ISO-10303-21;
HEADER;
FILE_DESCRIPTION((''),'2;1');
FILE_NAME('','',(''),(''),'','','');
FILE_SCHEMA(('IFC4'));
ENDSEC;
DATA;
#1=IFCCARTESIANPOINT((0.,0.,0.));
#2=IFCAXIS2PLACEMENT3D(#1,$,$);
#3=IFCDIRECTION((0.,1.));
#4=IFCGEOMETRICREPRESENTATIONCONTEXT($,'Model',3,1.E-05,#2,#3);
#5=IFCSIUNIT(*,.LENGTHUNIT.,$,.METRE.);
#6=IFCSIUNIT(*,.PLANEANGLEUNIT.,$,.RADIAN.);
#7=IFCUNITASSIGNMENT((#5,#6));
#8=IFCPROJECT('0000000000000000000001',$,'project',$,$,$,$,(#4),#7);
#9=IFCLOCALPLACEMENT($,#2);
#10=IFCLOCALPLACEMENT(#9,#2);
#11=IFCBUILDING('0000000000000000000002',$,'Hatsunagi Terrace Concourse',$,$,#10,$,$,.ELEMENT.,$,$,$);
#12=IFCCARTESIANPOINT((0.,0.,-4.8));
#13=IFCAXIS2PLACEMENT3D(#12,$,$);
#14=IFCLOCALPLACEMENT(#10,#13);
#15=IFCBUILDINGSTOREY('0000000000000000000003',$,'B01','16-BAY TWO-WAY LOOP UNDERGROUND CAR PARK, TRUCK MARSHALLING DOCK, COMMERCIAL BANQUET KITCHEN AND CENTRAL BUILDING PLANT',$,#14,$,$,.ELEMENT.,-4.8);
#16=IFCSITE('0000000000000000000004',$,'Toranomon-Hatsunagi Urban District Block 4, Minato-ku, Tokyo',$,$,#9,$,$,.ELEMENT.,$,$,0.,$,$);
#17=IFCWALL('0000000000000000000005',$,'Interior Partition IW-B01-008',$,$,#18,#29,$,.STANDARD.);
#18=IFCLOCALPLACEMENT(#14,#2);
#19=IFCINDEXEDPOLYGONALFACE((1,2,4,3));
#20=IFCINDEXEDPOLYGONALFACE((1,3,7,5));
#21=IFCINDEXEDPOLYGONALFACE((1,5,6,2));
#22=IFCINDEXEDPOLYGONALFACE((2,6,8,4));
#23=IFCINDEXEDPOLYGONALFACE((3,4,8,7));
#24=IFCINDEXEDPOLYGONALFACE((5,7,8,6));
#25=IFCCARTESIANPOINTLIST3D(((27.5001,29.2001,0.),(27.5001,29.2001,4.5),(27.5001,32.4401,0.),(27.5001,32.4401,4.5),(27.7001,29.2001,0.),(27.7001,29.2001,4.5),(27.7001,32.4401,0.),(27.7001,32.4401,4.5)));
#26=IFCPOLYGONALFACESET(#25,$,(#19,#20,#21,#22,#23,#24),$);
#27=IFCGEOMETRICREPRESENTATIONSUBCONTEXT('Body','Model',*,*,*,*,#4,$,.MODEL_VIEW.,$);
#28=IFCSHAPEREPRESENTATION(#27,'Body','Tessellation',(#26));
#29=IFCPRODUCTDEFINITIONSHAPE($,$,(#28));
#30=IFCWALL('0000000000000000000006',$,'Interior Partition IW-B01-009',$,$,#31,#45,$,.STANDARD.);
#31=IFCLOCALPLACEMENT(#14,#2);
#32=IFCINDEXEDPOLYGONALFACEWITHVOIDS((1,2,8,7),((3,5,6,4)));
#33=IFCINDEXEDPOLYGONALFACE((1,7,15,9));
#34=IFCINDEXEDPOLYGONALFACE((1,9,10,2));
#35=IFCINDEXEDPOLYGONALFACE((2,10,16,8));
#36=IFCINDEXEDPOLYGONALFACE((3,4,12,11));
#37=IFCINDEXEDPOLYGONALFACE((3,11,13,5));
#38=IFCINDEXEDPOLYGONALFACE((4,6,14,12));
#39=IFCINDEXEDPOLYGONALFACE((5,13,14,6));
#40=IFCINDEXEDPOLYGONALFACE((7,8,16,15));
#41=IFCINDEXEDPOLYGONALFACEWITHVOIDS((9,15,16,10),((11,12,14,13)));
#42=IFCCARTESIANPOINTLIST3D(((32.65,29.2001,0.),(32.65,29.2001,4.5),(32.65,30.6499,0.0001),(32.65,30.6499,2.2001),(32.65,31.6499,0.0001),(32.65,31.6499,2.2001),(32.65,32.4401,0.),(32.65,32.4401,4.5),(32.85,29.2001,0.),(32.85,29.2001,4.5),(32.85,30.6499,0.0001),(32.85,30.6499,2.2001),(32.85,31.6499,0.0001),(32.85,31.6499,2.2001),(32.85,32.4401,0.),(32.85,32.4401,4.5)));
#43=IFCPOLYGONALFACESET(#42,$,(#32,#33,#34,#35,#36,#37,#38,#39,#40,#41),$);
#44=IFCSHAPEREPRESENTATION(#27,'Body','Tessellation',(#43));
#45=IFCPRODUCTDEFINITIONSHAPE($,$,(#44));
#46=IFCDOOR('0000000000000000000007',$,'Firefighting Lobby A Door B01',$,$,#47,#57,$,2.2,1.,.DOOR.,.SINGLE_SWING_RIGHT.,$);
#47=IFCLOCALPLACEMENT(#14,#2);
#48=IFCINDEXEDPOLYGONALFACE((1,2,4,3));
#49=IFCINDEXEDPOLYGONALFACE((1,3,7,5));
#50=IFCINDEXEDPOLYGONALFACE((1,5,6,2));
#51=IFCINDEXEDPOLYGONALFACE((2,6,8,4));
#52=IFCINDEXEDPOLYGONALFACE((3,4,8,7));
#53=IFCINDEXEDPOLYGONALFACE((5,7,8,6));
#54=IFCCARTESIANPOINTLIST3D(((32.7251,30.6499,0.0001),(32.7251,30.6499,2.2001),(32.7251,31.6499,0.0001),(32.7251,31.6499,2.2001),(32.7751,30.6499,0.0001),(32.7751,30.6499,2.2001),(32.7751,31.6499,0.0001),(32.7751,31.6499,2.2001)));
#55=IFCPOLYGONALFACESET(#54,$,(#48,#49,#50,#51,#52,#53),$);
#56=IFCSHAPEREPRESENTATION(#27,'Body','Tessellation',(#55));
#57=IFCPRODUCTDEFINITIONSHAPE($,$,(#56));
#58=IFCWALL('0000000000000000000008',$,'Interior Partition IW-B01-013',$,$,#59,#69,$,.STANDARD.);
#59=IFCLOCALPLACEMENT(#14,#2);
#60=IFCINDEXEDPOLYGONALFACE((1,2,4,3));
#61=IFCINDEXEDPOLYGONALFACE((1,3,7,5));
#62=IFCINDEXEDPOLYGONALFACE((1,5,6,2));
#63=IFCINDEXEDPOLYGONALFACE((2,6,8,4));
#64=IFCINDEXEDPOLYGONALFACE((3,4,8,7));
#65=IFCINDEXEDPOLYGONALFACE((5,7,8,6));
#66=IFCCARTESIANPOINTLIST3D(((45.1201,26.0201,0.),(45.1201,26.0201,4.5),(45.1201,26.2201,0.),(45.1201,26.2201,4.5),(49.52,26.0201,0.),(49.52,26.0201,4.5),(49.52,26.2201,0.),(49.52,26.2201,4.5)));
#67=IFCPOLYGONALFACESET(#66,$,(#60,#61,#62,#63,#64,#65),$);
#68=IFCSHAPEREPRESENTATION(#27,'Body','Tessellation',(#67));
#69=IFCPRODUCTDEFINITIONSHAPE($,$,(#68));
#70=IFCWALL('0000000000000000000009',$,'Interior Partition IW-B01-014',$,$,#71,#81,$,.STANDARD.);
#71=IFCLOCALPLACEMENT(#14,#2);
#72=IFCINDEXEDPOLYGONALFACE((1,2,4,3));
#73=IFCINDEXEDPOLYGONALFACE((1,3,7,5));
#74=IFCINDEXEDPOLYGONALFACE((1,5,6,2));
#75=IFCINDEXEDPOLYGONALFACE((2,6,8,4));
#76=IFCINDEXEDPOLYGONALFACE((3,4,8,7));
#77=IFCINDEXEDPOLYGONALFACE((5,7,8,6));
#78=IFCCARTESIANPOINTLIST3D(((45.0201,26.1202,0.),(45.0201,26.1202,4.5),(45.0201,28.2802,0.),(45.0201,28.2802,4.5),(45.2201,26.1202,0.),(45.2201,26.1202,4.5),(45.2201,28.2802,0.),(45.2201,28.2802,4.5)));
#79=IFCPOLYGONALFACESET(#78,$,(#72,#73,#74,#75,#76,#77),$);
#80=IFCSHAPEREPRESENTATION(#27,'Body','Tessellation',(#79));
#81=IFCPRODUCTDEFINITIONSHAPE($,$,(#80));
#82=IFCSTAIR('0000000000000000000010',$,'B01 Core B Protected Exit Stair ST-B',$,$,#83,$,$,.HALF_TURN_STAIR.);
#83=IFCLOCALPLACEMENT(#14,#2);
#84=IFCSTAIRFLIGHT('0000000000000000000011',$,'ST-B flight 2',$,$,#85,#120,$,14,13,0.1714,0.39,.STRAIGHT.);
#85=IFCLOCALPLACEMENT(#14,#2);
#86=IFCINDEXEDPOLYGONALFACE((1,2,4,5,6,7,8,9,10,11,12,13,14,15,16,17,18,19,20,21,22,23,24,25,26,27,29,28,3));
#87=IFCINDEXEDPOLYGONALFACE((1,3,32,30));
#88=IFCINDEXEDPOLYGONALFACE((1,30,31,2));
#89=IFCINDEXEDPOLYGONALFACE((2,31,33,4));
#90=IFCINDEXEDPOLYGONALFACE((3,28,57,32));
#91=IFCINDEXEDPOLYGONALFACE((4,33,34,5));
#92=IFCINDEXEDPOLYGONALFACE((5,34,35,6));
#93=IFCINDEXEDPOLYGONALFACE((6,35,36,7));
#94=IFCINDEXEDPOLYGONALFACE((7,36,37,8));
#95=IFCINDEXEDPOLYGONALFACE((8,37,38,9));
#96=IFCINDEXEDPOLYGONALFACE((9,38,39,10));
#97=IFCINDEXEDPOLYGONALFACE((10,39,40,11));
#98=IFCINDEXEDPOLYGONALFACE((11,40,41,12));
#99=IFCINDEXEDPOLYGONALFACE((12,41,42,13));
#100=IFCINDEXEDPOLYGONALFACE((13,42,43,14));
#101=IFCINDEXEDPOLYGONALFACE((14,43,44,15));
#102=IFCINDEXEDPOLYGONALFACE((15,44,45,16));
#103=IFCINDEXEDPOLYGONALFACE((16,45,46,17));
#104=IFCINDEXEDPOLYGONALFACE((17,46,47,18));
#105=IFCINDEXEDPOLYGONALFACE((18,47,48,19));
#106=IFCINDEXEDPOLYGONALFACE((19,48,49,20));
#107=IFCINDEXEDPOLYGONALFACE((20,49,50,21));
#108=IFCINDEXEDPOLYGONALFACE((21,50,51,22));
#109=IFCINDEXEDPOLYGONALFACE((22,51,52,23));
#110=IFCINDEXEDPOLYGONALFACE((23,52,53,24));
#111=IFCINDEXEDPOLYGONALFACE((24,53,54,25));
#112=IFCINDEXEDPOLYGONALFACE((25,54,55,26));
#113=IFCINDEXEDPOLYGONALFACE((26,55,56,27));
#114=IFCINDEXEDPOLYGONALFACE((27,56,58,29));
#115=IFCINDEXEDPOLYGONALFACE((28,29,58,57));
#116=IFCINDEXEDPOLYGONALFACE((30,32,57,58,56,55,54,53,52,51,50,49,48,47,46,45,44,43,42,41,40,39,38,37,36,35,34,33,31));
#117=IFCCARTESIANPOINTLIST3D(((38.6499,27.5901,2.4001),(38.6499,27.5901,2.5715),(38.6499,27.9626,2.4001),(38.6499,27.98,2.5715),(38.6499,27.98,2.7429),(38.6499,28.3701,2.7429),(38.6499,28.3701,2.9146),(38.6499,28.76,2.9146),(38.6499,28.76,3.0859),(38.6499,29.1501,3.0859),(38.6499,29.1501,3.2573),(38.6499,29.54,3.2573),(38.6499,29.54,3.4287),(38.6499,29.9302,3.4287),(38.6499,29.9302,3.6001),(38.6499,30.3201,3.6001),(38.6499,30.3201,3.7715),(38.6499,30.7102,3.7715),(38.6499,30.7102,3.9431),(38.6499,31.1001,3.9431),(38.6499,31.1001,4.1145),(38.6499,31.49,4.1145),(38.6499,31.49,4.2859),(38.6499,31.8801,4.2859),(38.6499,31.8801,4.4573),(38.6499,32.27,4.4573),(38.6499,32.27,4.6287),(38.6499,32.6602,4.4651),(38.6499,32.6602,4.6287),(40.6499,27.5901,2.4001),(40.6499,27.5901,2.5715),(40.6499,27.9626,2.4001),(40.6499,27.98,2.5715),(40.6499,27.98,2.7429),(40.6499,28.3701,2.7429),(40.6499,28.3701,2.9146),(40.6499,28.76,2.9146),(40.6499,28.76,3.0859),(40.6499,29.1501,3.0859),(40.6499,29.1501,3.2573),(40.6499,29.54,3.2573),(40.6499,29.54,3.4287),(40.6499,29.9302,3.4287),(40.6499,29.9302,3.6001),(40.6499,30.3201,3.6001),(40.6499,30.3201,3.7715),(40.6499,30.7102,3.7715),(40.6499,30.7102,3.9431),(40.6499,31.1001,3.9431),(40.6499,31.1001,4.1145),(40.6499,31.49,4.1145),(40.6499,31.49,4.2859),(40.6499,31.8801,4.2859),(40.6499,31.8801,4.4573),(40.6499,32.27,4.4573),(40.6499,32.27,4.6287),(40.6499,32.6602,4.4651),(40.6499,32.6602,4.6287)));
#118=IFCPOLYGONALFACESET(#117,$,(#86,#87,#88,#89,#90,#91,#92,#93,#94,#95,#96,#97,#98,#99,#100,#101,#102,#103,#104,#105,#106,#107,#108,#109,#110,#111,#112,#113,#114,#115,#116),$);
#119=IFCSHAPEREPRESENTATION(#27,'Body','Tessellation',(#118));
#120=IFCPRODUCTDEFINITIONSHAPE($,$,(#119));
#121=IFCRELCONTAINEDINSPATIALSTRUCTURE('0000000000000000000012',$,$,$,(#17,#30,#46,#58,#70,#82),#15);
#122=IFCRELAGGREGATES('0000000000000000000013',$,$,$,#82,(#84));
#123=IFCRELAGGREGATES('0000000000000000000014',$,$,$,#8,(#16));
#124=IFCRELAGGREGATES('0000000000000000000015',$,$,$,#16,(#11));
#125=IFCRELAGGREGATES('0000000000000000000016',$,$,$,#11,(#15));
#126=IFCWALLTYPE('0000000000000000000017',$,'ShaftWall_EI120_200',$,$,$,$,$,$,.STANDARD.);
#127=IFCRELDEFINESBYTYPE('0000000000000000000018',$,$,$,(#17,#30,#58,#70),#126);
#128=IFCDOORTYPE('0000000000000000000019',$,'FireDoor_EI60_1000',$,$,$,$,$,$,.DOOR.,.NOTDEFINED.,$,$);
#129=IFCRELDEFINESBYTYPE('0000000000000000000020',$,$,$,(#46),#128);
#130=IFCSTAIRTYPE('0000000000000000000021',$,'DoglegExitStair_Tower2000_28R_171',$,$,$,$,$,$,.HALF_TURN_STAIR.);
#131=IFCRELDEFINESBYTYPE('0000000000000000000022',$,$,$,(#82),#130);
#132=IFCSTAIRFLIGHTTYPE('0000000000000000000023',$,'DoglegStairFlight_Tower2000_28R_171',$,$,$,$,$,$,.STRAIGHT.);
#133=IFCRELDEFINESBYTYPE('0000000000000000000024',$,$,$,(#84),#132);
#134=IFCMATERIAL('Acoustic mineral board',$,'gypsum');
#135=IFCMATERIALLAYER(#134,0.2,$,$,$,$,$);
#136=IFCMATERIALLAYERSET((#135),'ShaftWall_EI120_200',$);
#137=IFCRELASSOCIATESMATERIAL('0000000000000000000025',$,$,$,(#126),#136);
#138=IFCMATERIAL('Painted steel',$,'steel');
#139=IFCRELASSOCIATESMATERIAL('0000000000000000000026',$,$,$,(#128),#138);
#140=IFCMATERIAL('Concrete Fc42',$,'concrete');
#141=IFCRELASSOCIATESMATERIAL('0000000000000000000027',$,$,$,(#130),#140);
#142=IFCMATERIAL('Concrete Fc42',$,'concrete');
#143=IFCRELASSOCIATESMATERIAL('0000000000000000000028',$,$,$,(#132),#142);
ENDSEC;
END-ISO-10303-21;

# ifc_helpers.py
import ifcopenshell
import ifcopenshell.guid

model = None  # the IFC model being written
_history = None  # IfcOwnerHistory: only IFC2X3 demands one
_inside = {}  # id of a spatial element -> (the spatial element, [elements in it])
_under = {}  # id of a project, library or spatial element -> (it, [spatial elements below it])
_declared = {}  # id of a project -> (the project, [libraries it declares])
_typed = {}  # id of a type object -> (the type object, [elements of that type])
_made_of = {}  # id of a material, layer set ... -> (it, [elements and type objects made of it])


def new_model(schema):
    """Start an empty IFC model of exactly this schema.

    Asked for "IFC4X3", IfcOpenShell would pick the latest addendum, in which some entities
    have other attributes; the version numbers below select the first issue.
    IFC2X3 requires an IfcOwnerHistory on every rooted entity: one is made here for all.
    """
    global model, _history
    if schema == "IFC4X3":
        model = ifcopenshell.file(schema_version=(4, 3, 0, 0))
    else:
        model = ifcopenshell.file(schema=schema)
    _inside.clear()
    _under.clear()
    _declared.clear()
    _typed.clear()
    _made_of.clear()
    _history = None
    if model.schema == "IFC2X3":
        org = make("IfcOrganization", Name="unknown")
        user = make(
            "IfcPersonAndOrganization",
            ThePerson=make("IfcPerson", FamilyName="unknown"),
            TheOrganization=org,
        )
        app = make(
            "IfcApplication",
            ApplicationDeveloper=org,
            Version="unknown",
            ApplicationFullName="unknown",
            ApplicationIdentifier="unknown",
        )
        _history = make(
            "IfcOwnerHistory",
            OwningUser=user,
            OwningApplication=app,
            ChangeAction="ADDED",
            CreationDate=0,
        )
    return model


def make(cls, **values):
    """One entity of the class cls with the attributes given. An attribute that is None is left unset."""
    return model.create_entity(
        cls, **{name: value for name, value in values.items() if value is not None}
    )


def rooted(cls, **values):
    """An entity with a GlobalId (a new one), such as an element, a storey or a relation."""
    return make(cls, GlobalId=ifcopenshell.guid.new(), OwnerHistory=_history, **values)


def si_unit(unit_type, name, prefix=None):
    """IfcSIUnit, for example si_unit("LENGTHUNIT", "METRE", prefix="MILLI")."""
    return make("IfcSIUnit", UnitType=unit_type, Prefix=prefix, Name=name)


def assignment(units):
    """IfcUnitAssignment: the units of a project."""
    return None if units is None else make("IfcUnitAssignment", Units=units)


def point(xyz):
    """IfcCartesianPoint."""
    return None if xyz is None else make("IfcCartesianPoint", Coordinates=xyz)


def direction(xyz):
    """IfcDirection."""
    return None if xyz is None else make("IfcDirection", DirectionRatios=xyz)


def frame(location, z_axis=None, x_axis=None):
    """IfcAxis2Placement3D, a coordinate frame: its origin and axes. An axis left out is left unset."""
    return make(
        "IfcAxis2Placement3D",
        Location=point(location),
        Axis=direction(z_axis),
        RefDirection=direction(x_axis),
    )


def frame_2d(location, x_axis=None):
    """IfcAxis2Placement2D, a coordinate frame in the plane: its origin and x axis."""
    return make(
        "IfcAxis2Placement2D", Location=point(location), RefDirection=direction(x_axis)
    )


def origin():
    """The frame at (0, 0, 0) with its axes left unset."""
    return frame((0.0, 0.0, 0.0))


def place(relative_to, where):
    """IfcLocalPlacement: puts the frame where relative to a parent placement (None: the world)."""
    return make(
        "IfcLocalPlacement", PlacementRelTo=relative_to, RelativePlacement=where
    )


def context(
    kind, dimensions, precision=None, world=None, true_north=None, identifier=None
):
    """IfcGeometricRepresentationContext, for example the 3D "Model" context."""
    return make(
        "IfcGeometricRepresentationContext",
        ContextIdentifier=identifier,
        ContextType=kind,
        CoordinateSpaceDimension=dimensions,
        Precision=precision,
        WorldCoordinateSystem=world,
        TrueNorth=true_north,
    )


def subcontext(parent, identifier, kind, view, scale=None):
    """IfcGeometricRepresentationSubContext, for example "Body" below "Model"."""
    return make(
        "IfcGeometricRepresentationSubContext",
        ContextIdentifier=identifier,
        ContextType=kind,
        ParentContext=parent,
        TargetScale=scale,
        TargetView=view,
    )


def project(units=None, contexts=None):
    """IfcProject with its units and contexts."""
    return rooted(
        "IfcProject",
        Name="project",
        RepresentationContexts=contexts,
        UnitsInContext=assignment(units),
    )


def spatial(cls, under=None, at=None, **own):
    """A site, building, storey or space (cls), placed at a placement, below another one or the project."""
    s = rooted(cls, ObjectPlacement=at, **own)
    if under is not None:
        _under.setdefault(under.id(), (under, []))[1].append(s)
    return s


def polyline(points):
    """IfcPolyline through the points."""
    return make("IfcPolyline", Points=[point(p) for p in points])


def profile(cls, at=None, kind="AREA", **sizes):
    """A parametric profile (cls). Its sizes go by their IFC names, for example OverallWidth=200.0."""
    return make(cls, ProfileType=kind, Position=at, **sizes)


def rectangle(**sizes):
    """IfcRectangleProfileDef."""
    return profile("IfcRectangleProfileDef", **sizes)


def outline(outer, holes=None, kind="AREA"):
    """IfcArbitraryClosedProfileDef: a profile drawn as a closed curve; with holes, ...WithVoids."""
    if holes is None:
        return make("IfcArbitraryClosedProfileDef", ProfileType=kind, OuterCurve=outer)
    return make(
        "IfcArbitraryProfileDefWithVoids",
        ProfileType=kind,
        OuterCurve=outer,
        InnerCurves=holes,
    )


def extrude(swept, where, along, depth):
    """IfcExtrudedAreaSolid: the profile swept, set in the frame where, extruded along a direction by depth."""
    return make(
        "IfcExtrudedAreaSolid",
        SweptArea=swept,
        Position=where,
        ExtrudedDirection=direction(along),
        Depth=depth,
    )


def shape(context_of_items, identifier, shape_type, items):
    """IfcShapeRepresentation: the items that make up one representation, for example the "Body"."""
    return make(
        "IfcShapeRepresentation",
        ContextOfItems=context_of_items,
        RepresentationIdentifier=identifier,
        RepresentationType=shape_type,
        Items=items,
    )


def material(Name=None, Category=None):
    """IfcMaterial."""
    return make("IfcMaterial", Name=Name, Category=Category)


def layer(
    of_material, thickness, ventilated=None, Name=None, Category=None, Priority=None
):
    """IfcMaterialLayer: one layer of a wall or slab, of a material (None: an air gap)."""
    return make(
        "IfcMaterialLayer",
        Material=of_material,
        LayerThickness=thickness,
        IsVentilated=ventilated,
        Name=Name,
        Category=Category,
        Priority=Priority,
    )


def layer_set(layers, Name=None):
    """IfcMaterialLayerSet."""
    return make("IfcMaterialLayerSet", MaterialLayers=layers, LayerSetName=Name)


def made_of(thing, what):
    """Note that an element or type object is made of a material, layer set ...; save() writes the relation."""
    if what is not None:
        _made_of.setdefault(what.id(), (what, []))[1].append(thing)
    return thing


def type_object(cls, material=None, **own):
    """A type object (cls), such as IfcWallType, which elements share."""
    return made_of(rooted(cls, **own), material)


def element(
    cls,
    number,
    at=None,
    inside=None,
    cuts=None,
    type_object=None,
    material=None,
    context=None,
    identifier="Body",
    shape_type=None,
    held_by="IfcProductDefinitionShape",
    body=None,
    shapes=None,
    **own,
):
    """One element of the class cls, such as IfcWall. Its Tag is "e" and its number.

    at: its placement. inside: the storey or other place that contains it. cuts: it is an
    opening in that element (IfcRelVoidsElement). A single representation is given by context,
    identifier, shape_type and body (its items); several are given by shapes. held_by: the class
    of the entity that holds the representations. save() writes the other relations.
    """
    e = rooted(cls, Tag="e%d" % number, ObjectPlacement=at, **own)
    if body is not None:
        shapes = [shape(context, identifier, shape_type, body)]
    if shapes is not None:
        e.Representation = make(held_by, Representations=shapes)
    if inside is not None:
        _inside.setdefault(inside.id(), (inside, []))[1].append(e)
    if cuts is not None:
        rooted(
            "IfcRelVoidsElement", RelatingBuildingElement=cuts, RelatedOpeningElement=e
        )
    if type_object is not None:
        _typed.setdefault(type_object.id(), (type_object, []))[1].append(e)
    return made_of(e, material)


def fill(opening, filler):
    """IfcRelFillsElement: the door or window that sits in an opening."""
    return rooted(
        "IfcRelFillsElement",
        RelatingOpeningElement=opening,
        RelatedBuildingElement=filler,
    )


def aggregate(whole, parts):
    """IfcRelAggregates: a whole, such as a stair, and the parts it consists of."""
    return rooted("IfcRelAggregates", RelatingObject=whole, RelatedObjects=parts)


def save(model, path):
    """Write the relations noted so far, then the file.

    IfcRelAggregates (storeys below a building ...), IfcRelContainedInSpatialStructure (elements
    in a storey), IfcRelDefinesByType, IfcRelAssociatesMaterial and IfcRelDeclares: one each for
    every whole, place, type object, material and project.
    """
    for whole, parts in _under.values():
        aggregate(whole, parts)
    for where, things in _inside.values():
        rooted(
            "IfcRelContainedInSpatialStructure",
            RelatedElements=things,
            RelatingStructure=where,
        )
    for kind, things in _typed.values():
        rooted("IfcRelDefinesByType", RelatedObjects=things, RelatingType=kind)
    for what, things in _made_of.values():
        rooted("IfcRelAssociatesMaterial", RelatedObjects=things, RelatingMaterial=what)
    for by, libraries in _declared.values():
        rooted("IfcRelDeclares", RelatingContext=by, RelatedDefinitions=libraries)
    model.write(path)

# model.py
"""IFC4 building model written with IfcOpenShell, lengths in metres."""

from ifc_helpers import new_model, si_unit, direction, frame, frame_2d, origin, place, context, subcontext, project, spatial, polyline, rectangle, outline, extrude, material, layer, layer_set, type_object, element, fill, aggregate, save


model = new_model("IFC4")

# Units and contexts
model_context = context("Model", 3, precision=1e-05, world=origin(), true_north=direction((0.0, 1.0)))
body_context = subcontext(model_context, "Body", "Model", "MODEL_VIEW")
ifc_project = project(units=[si_unit("LENGTHUNIT", "METRE"), si_unit("PLANEANGLEUNIT", "RADIAN")], contexts=[model_context])

# Site, building, storey
site_placement = place(None, origin())
site = spatial("IfcSite", under=ifc_project, at=site_placement, Name="Toranomon-Hatsunagi Urban District Block 4, Minato-ku, Tokyo", CompositionType="ELEMENT", RefElevation=0.0)
building_placement = place(site_placement, origin())
building = spatial("IfcBuilding", under=site, at=building_placement, Name="Hatsunagi Terrace Concourse", CompositionType="ELEMENT")
storey_placement = place(building_placement, frame((0.0, 0.0, -4.8)))
storey = spatial("IfcBuildingStorey", under=building, at=storey_placement, Name="B01", Description="16-BAY TWO-WAY LOOP UNDERGROUND CAR PARK, TRUCK MARSHALLING DOCK, COMMERCIAL BANQUET KITCHEN AND CENTRAL BUILDING PLANT", CompositionType="ELEMENT", Elevation=-4.8)

# Wall
ifc_material_1 = material(Name="Acoustic mineral board", Category="gypsum")
ifc_layer_1 = layer(ifc_material_1, 0.2)
ifc_layer_set_1 = layer_set([ifc_layer_1], Name="ShaftWall_EI120_200")
wall_type_1 = type_object("IfcWallType", Name="ShaftWall_EI120_200", PredefinedType="STANDARD", material=ifc_layer_set_1)
wall_1_placement = place(storey_placement, frame((27.6001, 29.2, 0.0), z_axis=(0.0, 0.0, 1.0), x_axis=(0.0, 1.0, 0.0)))
element("IfcWall", 1, at=wall_1_placement, inside=storey, type_object=wall_type_1, Name="Interior Partition IW-B01-008", PredefinedType="STANDARD", context=body_context, shape_type="SweptSolid", body=[
    extrude(rectangle(XDim=3.24, YDim=0.2, at=frame_2d((1.6201, 0.0))), origin(), (0.0, 0.0, 1.0), 4.5),
])

# Wall, opening, door
wall_2_placement = place(storey_placement, frame((32.75, 29.2, 0.0), z_axis=(0.0, 0.0, 1.0), x_axis=(0.0, 1.0, 0.0)))
wall_2 = element("IfcWall", 2, at=wall_2_placement, inside=storey, type_object=wall_type_1, Name="Interior Partition IW-B01-009", PredefinedType="STANDARD", context=body_context, shape_type="SweptSolid", body=[
    extrude(rectangle(XDim=3.24, YDim=0.2, at=frame_2d((1.6201, 0.0))), origin(), (0.0, 0.0, 1.0), 4.5),
])
opening_1_placement = place(wall_2_placement, frame((1.45, 0.0, 0.0)))
opening_1 = element("IfcOpeningElement", 3, at=opening_1_placement, cuts=wall_2, PredefinedType="OPENING", context=body_context, shape_type="SweptSolid", body=[
    extrude(rectangle(XDim=1.0, YDim=2.2, at=frame_2d((0.5, 1.1001))), frame((0.0, 0.1099, 0.0), z_axis=(0.0, -1.0, 0.0), x_axis=(1.0, 0.0, 0.0)), (0.0, 0.0, 1.0), 0.22),
])
ifc_material_2 = material(Name="Painted steel", Category="steel")
door_type_1 = type_object("IfcDoorType", Name="FireDoor_EI60_1000", OperationType="NOTDEFINED", PredefinedType="DOOR", material=ifc_material_2)
door_1_placement = place(opening_1_placement, origin())
door_1 = element("IfcDoor", 4, at=door_1_placement, inside=storey, type_object=door_type_1, Name="Firefighting Lobby A Door B01", OperationType="SINGLE_SWING_RIGHT", OverallHeight=2.2, OverallWidth=1.0, PredefinedType="DOOR", context=body_context, shape_type="SweptSolid", body=[
    extrude(rectangle(XDim=1.0, YDim=2.2, at=frame_2d((0.5, 1.1001))), frame((0.0, 0.0249, 0.0), z_axis=(0.0, -1.0, 0.0), x_axis=(1.0, 0.0, 0.0)), (0.0, 0.0, 1.0), 0.05),
])
fill(opening_1, door_1)

# Walls
wall_3_placement = place(storey_placement, frame((45.1201, 26.1201, 0.0), z_axis=(0.0, 0.0, 1.0), x_axis=(1.0, 0.0, 0.0)))
element("IfcWall", 5, at=wall_3_placement, inside=storey, type_object=wall_type_1, Name="Interior Partition IW-B01-013", PredefinedType="STANDARD", context=body_context, shape_type="SweptSolid", body=[
    extrude(rectangle(XDim=4.3999, YDim=0.2, at=frame_2d((2.2, 0.0))), origin(), (0.0, 0.0, 1.0), 4.5),
])
wall_4_placement = place(storey_placement, frame((45.1201, 26.1201, 0.0), z_axis=(0.0, 0.0, 1.0), x_axis=(0.0, 1.0, 0.0)))
element("IfcWall", 6, at=wall_4_placement, inside=storey, type_object=wall_type_1, Name="Interior Partition IW-B01-014", PredefinedType="STANDARD", context=body_context, shape_type="SweptSolid", body=[
    extrude(rectangle(XDim=2.1599, YDim=0.2, at=frame_2d((1.0801, 0.0))), origin(), (0.0, 0.0, 1.0), 4.5),
])

# Stair, stair flight
ifc_material_3 = material(Name="Concrete Fc42", Category="concrete")
stair_type = type_object("IfcStairType", Name="DoglegExitStair_Tower2000_28R_171", PredefinedType="HALF_TURN_STAIR", material=ifc_material_3)
stair_placement = place(storey_placement, origin())
stair = element("IfcStair", 7, at=stair_placement, inside=storey, type_object=stair_type, Name="B01 Core B Protected Exit Stair ST-B", PredefinedType="HALF_TURN_STAIR")
ifc_material_4 = material(Name="Concrete Fc42", Category="concrete")
stair_flight_type = type_object("IfcStairFlightType", Name="DoglegStairFlight_Tower2000_28R_171", PredefinedType="STRAIGHT", material=ifc_material_4)
stair_flight_placement = place(storey_placement, frame((39.6499, 27.5901, 2.4001), z_axis=(0.0, 0.0, 1.0), x_axis=(0.0, 1.0, 0.0)))
stair_flight = element("IfcStairFlight", 8, at=stair_flight_placement, type_object=stair_flight_type, Name="ST-B flight 2", NumberOfRisers=14, NumberOfTreads=13, PredefinedType="STRAIGHT", RiserHeight=0.1714, TreadLength=0.39, context=body_context, shape_type="SweptSolid", body=[
    extrude(outline(polyline([(0.0, 0.0), (0.0, 0.1714), (0.3899, 0.1714), (0.3899, 0.3428), (0.78, 0.3428), (0.78, 0.5144), (1.1699, 0.5144), (1.1699, 0.6858), (1.5601, 0.6858), (1.5601, 0.8572), (1.95, 0.8572), (1.95, 1.0286), (2.3401, 1.0286), (2.3401, 1.2), (2.73, 1.2), (2.73, 1.3713), (3.1201, 1.3713), (3.1201, 1.543), (3.51, 1.543), (3.51, 1.7144), (3.8999, 1.7144), (3.8999, 1.8857), (4.29, 1.8857), (4.29, 2.0571), (4.6799, 2.0571), (4.6799, 2.2285), (5.0701, 2.2285), (5.0701, 2.3999), (5.0701, 2.0649), (0.3726, 0.0), (0.0, 0.0)])), frame((0.0, 1.0, 0.0), z_axis=(0.0, -1.0, 0.0), x_axis=(1.0, 0.0, 0.0)), (0.0, 0.0, 1.0), 2.0),
])
aggregate(stair, [stair_flight])

save(model, "model.ifc")
